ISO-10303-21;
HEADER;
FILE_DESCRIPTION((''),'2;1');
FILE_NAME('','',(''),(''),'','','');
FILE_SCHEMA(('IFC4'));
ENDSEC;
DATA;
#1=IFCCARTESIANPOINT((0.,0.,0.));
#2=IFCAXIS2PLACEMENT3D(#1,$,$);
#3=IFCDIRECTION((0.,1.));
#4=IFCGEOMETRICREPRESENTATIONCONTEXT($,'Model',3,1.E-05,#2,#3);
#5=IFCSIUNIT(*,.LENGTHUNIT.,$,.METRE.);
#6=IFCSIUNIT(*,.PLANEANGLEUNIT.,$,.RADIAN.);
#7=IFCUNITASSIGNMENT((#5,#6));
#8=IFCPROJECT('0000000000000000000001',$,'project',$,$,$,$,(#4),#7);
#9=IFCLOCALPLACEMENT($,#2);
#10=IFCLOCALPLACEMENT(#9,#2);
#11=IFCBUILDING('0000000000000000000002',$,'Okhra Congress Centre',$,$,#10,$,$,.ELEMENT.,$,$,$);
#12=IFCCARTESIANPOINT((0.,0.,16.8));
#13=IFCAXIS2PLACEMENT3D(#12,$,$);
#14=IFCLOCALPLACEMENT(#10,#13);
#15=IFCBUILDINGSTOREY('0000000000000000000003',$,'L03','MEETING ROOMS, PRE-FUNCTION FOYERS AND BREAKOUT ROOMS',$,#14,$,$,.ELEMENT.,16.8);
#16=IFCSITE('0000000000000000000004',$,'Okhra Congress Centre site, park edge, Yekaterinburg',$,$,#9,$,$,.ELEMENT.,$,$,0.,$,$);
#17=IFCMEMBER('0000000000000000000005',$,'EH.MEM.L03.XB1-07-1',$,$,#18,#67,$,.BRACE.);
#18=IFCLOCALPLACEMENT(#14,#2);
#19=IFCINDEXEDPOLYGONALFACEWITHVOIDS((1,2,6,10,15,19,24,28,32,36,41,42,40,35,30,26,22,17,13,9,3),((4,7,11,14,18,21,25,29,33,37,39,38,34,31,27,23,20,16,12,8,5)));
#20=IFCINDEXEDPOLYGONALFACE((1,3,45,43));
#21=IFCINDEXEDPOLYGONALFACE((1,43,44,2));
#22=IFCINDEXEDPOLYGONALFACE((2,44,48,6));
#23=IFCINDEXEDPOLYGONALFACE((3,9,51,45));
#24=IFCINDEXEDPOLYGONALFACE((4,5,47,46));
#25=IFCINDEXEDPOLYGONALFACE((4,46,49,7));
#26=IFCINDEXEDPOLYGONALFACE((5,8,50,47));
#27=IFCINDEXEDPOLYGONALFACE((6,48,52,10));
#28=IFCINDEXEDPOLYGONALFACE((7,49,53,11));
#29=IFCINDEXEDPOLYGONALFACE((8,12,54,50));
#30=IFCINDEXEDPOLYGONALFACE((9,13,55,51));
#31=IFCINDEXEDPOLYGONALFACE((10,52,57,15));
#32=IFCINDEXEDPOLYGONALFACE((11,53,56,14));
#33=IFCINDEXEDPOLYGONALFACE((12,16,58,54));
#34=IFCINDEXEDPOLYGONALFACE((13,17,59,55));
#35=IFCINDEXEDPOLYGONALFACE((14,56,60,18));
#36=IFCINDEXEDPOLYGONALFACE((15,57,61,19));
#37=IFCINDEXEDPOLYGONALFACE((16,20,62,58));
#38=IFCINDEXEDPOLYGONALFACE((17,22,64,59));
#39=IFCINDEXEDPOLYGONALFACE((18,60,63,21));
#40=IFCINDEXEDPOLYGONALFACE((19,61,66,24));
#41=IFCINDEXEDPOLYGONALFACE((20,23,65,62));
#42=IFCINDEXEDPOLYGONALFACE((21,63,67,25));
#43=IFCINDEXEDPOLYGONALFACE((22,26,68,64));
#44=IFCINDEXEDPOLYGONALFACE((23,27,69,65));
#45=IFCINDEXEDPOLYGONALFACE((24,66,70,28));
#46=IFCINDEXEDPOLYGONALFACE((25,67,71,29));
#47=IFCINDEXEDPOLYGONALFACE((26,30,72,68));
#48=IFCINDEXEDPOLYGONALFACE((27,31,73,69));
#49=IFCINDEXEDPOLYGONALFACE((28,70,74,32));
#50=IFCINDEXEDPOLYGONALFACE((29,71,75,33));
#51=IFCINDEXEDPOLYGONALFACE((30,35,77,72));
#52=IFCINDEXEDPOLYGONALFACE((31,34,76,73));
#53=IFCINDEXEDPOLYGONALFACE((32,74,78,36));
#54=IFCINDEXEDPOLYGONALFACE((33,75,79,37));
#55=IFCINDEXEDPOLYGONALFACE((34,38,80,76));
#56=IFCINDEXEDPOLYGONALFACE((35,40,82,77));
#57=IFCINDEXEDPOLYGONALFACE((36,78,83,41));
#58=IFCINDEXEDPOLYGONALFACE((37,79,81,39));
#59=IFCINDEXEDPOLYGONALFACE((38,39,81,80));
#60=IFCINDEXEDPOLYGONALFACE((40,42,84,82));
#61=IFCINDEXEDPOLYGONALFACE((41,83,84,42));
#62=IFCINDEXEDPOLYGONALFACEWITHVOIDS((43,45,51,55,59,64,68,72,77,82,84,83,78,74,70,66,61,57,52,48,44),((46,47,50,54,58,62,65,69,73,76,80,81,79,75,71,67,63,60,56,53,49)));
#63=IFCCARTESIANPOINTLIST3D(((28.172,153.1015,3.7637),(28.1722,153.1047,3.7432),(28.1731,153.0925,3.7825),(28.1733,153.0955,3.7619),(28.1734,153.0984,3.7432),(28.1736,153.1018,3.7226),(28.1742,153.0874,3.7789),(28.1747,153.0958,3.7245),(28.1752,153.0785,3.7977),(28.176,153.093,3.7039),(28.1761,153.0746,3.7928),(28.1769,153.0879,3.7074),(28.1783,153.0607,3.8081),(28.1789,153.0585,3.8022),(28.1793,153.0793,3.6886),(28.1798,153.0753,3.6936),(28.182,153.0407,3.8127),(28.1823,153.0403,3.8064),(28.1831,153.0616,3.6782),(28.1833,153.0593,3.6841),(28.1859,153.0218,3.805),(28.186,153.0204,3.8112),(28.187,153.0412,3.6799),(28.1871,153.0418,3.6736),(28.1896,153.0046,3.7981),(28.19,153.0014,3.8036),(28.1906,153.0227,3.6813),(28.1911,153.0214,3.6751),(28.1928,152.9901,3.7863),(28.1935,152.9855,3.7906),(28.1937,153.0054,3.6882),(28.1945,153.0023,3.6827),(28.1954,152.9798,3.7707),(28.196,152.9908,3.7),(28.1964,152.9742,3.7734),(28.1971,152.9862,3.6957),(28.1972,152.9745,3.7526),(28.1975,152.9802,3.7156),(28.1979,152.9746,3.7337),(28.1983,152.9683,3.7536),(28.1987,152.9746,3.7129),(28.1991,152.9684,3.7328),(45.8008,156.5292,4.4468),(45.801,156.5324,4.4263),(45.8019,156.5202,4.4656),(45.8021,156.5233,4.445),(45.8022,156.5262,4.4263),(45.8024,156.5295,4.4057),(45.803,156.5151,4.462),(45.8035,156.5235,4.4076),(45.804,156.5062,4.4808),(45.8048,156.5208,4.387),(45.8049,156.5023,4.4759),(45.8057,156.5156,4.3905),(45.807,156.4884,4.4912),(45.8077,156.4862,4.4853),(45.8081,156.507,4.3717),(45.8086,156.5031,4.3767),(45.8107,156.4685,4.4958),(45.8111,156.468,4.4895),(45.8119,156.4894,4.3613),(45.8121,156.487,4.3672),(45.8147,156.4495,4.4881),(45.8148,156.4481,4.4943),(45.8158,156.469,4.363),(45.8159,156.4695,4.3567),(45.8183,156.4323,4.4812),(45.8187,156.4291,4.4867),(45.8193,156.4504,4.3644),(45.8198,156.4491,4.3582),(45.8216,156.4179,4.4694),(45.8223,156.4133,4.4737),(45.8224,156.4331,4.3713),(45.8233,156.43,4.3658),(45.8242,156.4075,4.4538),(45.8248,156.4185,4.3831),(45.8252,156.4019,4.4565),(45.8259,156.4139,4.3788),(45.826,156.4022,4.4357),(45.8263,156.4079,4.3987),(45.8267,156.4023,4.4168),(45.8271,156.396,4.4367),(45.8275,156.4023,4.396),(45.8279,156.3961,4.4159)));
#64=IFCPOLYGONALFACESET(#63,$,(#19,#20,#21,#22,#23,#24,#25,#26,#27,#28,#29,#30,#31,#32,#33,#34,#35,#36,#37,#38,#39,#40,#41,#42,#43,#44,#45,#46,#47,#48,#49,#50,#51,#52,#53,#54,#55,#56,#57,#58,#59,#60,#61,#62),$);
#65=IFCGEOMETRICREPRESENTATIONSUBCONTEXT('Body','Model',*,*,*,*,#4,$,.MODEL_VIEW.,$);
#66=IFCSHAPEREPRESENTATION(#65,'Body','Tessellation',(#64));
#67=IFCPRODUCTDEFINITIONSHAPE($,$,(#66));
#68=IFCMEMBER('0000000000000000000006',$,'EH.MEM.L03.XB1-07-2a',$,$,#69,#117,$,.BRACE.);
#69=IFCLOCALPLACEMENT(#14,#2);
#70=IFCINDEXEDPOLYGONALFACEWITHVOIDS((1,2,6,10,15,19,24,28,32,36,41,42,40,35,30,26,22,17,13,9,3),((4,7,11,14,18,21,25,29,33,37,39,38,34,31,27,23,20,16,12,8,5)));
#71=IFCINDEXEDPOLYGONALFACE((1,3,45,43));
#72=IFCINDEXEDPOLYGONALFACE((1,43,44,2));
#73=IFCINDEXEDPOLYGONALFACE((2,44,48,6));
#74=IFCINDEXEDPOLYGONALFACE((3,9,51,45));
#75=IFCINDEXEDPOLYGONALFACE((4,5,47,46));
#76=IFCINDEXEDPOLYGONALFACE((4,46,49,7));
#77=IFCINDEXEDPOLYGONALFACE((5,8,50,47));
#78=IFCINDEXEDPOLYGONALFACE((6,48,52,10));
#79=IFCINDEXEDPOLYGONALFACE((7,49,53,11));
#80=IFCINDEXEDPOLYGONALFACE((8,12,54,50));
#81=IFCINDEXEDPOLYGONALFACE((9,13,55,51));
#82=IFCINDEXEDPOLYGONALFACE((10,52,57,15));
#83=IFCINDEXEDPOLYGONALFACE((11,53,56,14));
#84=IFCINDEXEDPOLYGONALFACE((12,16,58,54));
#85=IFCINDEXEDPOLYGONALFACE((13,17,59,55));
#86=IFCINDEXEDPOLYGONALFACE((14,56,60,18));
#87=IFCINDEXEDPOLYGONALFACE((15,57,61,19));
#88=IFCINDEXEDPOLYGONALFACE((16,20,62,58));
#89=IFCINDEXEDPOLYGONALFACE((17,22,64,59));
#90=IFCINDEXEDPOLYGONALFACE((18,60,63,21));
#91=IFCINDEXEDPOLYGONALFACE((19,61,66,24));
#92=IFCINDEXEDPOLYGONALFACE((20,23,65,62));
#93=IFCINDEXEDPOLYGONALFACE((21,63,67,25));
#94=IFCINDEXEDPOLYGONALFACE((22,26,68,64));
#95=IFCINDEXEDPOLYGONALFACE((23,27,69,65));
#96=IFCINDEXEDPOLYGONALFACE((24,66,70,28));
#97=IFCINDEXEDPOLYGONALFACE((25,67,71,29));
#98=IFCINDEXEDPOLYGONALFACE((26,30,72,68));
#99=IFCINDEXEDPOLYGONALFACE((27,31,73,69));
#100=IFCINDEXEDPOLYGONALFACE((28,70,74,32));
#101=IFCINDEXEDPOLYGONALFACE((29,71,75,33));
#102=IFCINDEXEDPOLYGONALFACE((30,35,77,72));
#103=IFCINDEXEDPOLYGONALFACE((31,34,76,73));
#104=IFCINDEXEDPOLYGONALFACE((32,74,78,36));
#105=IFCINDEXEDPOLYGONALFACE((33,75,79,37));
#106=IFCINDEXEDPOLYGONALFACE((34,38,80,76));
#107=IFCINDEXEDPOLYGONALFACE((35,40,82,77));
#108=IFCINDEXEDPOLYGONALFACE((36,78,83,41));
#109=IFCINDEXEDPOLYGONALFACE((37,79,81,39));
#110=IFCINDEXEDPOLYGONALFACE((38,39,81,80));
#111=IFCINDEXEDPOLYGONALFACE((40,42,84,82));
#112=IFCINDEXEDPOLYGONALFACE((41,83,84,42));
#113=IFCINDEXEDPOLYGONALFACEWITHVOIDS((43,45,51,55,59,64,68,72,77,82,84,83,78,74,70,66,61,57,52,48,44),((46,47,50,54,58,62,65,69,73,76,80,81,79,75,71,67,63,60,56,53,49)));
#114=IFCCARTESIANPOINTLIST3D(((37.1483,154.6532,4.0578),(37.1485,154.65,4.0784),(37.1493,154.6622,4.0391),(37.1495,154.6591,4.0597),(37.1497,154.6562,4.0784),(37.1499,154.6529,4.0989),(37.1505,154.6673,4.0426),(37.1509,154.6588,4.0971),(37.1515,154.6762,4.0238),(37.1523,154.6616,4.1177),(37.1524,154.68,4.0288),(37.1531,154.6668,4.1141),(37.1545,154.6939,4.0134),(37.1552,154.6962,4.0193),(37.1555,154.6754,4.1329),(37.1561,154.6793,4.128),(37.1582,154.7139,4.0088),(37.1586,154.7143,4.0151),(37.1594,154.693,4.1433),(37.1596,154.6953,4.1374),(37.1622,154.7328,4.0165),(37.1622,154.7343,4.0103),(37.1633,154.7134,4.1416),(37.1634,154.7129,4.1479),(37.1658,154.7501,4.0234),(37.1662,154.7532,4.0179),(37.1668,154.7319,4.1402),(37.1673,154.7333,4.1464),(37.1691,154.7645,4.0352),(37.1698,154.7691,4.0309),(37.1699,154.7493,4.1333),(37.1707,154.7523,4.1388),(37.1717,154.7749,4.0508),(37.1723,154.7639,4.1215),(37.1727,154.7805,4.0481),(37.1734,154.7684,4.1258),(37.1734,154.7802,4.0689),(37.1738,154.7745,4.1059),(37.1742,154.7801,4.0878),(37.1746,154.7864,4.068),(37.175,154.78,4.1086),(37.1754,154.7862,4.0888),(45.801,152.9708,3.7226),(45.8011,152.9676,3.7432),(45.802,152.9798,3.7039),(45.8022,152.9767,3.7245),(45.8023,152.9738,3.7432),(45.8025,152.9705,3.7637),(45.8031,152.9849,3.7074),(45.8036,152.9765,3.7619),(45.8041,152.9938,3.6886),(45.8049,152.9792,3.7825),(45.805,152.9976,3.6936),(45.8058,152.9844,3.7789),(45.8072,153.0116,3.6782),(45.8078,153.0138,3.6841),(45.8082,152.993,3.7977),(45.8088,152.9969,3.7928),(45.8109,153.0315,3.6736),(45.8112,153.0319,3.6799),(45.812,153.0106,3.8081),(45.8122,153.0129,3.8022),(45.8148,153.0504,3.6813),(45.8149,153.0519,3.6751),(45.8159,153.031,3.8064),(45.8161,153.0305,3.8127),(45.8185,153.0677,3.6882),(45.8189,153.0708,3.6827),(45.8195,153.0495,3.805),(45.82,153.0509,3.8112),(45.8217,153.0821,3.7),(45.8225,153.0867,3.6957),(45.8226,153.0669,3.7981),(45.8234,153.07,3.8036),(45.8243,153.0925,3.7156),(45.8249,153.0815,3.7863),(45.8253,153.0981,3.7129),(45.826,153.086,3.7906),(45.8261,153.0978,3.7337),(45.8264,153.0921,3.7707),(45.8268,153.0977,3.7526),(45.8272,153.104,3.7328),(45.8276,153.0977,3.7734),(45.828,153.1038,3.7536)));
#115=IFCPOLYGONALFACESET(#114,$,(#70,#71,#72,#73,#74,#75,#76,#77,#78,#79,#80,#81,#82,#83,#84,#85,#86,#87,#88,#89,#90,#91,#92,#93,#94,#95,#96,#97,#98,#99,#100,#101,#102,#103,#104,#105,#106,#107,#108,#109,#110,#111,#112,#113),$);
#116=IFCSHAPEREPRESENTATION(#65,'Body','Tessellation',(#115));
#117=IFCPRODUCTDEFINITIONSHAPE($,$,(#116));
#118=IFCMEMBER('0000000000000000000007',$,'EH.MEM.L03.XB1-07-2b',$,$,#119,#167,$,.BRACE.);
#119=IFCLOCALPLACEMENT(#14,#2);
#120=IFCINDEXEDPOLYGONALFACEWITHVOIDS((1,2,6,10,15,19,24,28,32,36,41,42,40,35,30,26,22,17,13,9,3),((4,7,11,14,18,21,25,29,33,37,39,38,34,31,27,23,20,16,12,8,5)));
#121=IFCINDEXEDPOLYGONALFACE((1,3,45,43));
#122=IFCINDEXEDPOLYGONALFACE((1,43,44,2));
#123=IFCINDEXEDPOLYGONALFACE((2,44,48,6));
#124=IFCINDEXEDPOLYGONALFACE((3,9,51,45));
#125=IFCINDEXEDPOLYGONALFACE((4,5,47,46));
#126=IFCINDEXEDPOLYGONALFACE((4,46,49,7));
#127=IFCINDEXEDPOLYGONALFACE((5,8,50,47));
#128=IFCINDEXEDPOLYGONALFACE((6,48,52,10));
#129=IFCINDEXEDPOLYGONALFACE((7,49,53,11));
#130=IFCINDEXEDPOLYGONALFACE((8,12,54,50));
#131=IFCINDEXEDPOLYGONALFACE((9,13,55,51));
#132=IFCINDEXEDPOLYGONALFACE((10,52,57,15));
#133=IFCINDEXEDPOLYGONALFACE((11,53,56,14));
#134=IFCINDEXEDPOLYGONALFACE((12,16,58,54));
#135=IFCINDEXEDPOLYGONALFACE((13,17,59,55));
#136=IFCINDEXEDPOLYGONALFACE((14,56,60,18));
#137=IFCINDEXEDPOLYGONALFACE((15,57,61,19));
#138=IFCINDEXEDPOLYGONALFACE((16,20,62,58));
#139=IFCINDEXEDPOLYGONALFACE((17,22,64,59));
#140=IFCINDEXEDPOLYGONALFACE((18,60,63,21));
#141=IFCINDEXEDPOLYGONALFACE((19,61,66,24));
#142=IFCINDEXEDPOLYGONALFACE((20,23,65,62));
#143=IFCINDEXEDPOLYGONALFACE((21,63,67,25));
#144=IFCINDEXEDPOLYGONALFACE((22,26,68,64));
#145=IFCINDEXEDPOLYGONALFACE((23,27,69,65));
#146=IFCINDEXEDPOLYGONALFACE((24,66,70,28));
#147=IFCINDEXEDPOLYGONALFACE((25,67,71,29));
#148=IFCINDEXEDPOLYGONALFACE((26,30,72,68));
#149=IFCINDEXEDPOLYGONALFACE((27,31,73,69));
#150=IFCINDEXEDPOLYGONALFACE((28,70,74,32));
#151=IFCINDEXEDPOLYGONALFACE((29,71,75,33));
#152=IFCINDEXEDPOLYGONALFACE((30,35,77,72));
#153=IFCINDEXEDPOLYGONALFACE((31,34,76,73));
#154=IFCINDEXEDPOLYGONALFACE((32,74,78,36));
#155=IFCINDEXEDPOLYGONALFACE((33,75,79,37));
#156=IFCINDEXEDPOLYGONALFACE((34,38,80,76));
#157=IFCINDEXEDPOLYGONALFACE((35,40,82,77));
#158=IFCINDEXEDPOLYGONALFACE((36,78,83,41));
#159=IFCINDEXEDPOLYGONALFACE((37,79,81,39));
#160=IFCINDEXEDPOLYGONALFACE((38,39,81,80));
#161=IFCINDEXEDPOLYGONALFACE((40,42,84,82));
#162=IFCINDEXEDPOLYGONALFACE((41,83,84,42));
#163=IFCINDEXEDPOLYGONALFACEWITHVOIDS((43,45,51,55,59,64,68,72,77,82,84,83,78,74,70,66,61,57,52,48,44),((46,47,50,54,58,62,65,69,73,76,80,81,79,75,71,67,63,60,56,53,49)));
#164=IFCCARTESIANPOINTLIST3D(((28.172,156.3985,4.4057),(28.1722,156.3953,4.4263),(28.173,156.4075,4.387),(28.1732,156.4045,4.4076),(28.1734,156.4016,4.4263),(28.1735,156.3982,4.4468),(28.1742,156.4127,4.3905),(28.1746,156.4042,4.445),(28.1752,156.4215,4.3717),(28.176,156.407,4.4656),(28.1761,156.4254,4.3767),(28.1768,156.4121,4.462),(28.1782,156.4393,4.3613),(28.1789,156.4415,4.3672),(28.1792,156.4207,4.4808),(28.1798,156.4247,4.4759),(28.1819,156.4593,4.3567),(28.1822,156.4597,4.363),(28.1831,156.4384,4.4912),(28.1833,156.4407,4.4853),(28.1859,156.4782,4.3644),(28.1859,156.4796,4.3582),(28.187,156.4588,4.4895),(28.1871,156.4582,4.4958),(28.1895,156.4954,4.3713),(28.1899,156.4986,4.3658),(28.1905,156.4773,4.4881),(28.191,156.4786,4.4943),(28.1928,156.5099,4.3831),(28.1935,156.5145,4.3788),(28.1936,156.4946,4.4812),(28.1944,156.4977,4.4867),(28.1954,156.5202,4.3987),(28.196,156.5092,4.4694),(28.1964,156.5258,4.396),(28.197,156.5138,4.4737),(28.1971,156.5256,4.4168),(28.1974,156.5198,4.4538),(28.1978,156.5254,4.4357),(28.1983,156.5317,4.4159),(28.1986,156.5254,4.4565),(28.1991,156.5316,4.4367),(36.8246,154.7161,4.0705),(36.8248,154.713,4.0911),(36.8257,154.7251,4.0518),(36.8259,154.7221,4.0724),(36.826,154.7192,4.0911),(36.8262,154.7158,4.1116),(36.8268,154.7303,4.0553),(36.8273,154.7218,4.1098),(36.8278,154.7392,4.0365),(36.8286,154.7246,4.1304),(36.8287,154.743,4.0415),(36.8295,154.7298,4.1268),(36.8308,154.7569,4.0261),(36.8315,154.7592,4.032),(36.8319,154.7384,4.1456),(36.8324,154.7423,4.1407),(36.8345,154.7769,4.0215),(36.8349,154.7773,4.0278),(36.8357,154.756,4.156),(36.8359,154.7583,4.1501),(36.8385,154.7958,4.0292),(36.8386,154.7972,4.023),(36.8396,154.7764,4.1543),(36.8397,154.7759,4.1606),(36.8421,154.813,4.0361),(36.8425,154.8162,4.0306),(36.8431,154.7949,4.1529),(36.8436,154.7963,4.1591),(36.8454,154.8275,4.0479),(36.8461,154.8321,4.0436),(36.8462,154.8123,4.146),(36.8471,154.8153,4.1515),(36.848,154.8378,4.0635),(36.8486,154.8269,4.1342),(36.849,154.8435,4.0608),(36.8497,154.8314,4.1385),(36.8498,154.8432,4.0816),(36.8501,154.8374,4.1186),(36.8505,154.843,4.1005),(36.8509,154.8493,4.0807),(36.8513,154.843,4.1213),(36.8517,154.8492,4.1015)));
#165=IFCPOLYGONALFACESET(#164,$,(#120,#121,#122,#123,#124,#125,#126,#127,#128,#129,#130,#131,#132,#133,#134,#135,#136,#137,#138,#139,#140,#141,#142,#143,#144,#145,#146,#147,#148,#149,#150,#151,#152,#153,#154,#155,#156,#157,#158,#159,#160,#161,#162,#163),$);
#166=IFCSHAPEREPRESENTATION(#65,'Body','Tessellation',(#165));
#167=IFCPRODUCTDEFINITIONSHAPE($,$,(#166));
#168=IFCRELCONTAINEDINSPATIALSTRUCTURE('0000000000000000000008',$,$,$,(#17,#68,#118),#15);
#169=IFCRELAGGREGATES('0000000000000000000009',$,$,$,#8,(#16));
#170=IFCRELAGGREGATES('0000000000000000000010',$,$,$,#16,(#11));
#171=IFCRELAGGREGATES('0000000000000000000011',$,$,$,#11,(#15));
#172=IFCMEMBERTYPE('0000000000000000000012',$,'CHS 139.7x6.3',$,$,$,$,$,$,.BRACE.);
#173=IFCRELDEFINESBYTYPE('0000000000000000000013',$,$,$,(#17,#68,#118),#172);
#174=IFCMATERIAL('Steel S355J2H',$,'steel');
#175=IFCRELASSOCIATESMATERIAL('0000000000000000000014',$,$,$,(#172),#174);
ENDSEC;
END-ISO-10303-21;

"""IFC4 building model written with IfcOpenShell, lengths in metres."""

from ifc_helpers import new_model, si_unit, direction, frame, origin, origin_2d, place, context, subcontext, project, spatial, hollow_circle, extrude, material, material_profile, profile_set, type_object, element, save


model = new_model("IFC4")

# Units and contexts
model_context = context("Model", 3, precision=1e-05, world=origin(), true_north=direction((0.0, 1.0)))
body_context = subcontext(model_context, "Body", "Model", "MODEL_VIEW")
ifc_project = project(units=[si_unit("LENGTHUNIT", "METRE"), si_unit("PLANEANGLEUNIT", "RADIAN")], contexts=[model_context])

# Site, building, storey
site_placement = place(None, origin())
site = spatial("IfcSite", under=ifc_project, at=site_placement, Name="Okhra Congress Centre site, park edge, Yekaterinburg", CompositionType="ELEMENT", RefElevation=0.0)
building_placement = place(site_placement, origin())
building = spatial("IfcBuilding", under=site, at=building_placement, Name="Okhra Congress Centre", CompositionType="ELEMENT")
storey_placement = place(building_placement, frame((0.0, 0.0, 16.8)))
storey = spatial("IfcBuildingStorey", under=building, at=storey_placement, Name="L03", Description="MEETING ROOMS, PRE-FUNCTION FOYERS AND BREAKOUT ROOMS", CompositionType="ELEMENT", Elevation=16.8)

# Members
ifc_material_1 = material(Name="Steel S355J2H", Category="steel")
ifc_material_profile_1 = material_profile(ifc_material_1, hollow_circle(Radius=0.0698, WallThickness=0.0063, at=origin_2d()), Name="CHS 139.7x6.3")
ifc_profile_set_1 = profile_set([ifc_material_profile_1], Name="Steel S355J2H")
member_type_1 = type_object("IfcMemberType", Name="CHS 139.7x6.3", PredefinedType="BRACE", material=ifc_profile_set_1)
member_1_placement = place(storey_placement, frame((28.1855, 153.0361, 3.7432), z_axis=(0.980907, 0.190726, 0.038009), x_axis=(-0.190864, 0.981617, 0.0)))
element("IfcMember", 1, at=member_1_placement, inside=storey, type_object=member_type_1, Name="EH.MEM.L03.XB1-07-1", PredefinedType="BRACE", context=body_context, shape_type="SweptSolid", body=[
    extrude(hollow_circle(Radius=0.0698, WallThickness=0.0063, at=origin_2d()), origin(), (0.0, 0.0, 1.0), 17.9719),
])
for number, where, z_axis, x_axis, name in (
    (2, (45.8145, 153.0361, 3.7432), (-0.980908, 0.190724, 0.038001), (-0.190862, -0.981617, 0.0), "EH.MEM.L03.XB1-07-2a"),
    (3, (36.8381, 154.7815, 4.0911), (-0.980908, 0.190724, 0.038001), (-0.190862, -0.981617, 0.0), "EH.MEM.L03.XB1-07-2b"),
):
    element("IfcMember", number, at=place(storey_placement, frame(where, z_axis=z_axis, x_axis=x_axis)), inside=storey, type_object=member_type_1, Name=name, PredefinedType="BRACE", context=body_context, shape_type="SweptSolid", body=[
        extrude(hollow_circle(Radius=0.0698, WallThickness=0.0063, at=origin_2d()), origin(), (0.0, 0.0, 1.0), 8.821),
    ])

save(model, "model.ifc")
